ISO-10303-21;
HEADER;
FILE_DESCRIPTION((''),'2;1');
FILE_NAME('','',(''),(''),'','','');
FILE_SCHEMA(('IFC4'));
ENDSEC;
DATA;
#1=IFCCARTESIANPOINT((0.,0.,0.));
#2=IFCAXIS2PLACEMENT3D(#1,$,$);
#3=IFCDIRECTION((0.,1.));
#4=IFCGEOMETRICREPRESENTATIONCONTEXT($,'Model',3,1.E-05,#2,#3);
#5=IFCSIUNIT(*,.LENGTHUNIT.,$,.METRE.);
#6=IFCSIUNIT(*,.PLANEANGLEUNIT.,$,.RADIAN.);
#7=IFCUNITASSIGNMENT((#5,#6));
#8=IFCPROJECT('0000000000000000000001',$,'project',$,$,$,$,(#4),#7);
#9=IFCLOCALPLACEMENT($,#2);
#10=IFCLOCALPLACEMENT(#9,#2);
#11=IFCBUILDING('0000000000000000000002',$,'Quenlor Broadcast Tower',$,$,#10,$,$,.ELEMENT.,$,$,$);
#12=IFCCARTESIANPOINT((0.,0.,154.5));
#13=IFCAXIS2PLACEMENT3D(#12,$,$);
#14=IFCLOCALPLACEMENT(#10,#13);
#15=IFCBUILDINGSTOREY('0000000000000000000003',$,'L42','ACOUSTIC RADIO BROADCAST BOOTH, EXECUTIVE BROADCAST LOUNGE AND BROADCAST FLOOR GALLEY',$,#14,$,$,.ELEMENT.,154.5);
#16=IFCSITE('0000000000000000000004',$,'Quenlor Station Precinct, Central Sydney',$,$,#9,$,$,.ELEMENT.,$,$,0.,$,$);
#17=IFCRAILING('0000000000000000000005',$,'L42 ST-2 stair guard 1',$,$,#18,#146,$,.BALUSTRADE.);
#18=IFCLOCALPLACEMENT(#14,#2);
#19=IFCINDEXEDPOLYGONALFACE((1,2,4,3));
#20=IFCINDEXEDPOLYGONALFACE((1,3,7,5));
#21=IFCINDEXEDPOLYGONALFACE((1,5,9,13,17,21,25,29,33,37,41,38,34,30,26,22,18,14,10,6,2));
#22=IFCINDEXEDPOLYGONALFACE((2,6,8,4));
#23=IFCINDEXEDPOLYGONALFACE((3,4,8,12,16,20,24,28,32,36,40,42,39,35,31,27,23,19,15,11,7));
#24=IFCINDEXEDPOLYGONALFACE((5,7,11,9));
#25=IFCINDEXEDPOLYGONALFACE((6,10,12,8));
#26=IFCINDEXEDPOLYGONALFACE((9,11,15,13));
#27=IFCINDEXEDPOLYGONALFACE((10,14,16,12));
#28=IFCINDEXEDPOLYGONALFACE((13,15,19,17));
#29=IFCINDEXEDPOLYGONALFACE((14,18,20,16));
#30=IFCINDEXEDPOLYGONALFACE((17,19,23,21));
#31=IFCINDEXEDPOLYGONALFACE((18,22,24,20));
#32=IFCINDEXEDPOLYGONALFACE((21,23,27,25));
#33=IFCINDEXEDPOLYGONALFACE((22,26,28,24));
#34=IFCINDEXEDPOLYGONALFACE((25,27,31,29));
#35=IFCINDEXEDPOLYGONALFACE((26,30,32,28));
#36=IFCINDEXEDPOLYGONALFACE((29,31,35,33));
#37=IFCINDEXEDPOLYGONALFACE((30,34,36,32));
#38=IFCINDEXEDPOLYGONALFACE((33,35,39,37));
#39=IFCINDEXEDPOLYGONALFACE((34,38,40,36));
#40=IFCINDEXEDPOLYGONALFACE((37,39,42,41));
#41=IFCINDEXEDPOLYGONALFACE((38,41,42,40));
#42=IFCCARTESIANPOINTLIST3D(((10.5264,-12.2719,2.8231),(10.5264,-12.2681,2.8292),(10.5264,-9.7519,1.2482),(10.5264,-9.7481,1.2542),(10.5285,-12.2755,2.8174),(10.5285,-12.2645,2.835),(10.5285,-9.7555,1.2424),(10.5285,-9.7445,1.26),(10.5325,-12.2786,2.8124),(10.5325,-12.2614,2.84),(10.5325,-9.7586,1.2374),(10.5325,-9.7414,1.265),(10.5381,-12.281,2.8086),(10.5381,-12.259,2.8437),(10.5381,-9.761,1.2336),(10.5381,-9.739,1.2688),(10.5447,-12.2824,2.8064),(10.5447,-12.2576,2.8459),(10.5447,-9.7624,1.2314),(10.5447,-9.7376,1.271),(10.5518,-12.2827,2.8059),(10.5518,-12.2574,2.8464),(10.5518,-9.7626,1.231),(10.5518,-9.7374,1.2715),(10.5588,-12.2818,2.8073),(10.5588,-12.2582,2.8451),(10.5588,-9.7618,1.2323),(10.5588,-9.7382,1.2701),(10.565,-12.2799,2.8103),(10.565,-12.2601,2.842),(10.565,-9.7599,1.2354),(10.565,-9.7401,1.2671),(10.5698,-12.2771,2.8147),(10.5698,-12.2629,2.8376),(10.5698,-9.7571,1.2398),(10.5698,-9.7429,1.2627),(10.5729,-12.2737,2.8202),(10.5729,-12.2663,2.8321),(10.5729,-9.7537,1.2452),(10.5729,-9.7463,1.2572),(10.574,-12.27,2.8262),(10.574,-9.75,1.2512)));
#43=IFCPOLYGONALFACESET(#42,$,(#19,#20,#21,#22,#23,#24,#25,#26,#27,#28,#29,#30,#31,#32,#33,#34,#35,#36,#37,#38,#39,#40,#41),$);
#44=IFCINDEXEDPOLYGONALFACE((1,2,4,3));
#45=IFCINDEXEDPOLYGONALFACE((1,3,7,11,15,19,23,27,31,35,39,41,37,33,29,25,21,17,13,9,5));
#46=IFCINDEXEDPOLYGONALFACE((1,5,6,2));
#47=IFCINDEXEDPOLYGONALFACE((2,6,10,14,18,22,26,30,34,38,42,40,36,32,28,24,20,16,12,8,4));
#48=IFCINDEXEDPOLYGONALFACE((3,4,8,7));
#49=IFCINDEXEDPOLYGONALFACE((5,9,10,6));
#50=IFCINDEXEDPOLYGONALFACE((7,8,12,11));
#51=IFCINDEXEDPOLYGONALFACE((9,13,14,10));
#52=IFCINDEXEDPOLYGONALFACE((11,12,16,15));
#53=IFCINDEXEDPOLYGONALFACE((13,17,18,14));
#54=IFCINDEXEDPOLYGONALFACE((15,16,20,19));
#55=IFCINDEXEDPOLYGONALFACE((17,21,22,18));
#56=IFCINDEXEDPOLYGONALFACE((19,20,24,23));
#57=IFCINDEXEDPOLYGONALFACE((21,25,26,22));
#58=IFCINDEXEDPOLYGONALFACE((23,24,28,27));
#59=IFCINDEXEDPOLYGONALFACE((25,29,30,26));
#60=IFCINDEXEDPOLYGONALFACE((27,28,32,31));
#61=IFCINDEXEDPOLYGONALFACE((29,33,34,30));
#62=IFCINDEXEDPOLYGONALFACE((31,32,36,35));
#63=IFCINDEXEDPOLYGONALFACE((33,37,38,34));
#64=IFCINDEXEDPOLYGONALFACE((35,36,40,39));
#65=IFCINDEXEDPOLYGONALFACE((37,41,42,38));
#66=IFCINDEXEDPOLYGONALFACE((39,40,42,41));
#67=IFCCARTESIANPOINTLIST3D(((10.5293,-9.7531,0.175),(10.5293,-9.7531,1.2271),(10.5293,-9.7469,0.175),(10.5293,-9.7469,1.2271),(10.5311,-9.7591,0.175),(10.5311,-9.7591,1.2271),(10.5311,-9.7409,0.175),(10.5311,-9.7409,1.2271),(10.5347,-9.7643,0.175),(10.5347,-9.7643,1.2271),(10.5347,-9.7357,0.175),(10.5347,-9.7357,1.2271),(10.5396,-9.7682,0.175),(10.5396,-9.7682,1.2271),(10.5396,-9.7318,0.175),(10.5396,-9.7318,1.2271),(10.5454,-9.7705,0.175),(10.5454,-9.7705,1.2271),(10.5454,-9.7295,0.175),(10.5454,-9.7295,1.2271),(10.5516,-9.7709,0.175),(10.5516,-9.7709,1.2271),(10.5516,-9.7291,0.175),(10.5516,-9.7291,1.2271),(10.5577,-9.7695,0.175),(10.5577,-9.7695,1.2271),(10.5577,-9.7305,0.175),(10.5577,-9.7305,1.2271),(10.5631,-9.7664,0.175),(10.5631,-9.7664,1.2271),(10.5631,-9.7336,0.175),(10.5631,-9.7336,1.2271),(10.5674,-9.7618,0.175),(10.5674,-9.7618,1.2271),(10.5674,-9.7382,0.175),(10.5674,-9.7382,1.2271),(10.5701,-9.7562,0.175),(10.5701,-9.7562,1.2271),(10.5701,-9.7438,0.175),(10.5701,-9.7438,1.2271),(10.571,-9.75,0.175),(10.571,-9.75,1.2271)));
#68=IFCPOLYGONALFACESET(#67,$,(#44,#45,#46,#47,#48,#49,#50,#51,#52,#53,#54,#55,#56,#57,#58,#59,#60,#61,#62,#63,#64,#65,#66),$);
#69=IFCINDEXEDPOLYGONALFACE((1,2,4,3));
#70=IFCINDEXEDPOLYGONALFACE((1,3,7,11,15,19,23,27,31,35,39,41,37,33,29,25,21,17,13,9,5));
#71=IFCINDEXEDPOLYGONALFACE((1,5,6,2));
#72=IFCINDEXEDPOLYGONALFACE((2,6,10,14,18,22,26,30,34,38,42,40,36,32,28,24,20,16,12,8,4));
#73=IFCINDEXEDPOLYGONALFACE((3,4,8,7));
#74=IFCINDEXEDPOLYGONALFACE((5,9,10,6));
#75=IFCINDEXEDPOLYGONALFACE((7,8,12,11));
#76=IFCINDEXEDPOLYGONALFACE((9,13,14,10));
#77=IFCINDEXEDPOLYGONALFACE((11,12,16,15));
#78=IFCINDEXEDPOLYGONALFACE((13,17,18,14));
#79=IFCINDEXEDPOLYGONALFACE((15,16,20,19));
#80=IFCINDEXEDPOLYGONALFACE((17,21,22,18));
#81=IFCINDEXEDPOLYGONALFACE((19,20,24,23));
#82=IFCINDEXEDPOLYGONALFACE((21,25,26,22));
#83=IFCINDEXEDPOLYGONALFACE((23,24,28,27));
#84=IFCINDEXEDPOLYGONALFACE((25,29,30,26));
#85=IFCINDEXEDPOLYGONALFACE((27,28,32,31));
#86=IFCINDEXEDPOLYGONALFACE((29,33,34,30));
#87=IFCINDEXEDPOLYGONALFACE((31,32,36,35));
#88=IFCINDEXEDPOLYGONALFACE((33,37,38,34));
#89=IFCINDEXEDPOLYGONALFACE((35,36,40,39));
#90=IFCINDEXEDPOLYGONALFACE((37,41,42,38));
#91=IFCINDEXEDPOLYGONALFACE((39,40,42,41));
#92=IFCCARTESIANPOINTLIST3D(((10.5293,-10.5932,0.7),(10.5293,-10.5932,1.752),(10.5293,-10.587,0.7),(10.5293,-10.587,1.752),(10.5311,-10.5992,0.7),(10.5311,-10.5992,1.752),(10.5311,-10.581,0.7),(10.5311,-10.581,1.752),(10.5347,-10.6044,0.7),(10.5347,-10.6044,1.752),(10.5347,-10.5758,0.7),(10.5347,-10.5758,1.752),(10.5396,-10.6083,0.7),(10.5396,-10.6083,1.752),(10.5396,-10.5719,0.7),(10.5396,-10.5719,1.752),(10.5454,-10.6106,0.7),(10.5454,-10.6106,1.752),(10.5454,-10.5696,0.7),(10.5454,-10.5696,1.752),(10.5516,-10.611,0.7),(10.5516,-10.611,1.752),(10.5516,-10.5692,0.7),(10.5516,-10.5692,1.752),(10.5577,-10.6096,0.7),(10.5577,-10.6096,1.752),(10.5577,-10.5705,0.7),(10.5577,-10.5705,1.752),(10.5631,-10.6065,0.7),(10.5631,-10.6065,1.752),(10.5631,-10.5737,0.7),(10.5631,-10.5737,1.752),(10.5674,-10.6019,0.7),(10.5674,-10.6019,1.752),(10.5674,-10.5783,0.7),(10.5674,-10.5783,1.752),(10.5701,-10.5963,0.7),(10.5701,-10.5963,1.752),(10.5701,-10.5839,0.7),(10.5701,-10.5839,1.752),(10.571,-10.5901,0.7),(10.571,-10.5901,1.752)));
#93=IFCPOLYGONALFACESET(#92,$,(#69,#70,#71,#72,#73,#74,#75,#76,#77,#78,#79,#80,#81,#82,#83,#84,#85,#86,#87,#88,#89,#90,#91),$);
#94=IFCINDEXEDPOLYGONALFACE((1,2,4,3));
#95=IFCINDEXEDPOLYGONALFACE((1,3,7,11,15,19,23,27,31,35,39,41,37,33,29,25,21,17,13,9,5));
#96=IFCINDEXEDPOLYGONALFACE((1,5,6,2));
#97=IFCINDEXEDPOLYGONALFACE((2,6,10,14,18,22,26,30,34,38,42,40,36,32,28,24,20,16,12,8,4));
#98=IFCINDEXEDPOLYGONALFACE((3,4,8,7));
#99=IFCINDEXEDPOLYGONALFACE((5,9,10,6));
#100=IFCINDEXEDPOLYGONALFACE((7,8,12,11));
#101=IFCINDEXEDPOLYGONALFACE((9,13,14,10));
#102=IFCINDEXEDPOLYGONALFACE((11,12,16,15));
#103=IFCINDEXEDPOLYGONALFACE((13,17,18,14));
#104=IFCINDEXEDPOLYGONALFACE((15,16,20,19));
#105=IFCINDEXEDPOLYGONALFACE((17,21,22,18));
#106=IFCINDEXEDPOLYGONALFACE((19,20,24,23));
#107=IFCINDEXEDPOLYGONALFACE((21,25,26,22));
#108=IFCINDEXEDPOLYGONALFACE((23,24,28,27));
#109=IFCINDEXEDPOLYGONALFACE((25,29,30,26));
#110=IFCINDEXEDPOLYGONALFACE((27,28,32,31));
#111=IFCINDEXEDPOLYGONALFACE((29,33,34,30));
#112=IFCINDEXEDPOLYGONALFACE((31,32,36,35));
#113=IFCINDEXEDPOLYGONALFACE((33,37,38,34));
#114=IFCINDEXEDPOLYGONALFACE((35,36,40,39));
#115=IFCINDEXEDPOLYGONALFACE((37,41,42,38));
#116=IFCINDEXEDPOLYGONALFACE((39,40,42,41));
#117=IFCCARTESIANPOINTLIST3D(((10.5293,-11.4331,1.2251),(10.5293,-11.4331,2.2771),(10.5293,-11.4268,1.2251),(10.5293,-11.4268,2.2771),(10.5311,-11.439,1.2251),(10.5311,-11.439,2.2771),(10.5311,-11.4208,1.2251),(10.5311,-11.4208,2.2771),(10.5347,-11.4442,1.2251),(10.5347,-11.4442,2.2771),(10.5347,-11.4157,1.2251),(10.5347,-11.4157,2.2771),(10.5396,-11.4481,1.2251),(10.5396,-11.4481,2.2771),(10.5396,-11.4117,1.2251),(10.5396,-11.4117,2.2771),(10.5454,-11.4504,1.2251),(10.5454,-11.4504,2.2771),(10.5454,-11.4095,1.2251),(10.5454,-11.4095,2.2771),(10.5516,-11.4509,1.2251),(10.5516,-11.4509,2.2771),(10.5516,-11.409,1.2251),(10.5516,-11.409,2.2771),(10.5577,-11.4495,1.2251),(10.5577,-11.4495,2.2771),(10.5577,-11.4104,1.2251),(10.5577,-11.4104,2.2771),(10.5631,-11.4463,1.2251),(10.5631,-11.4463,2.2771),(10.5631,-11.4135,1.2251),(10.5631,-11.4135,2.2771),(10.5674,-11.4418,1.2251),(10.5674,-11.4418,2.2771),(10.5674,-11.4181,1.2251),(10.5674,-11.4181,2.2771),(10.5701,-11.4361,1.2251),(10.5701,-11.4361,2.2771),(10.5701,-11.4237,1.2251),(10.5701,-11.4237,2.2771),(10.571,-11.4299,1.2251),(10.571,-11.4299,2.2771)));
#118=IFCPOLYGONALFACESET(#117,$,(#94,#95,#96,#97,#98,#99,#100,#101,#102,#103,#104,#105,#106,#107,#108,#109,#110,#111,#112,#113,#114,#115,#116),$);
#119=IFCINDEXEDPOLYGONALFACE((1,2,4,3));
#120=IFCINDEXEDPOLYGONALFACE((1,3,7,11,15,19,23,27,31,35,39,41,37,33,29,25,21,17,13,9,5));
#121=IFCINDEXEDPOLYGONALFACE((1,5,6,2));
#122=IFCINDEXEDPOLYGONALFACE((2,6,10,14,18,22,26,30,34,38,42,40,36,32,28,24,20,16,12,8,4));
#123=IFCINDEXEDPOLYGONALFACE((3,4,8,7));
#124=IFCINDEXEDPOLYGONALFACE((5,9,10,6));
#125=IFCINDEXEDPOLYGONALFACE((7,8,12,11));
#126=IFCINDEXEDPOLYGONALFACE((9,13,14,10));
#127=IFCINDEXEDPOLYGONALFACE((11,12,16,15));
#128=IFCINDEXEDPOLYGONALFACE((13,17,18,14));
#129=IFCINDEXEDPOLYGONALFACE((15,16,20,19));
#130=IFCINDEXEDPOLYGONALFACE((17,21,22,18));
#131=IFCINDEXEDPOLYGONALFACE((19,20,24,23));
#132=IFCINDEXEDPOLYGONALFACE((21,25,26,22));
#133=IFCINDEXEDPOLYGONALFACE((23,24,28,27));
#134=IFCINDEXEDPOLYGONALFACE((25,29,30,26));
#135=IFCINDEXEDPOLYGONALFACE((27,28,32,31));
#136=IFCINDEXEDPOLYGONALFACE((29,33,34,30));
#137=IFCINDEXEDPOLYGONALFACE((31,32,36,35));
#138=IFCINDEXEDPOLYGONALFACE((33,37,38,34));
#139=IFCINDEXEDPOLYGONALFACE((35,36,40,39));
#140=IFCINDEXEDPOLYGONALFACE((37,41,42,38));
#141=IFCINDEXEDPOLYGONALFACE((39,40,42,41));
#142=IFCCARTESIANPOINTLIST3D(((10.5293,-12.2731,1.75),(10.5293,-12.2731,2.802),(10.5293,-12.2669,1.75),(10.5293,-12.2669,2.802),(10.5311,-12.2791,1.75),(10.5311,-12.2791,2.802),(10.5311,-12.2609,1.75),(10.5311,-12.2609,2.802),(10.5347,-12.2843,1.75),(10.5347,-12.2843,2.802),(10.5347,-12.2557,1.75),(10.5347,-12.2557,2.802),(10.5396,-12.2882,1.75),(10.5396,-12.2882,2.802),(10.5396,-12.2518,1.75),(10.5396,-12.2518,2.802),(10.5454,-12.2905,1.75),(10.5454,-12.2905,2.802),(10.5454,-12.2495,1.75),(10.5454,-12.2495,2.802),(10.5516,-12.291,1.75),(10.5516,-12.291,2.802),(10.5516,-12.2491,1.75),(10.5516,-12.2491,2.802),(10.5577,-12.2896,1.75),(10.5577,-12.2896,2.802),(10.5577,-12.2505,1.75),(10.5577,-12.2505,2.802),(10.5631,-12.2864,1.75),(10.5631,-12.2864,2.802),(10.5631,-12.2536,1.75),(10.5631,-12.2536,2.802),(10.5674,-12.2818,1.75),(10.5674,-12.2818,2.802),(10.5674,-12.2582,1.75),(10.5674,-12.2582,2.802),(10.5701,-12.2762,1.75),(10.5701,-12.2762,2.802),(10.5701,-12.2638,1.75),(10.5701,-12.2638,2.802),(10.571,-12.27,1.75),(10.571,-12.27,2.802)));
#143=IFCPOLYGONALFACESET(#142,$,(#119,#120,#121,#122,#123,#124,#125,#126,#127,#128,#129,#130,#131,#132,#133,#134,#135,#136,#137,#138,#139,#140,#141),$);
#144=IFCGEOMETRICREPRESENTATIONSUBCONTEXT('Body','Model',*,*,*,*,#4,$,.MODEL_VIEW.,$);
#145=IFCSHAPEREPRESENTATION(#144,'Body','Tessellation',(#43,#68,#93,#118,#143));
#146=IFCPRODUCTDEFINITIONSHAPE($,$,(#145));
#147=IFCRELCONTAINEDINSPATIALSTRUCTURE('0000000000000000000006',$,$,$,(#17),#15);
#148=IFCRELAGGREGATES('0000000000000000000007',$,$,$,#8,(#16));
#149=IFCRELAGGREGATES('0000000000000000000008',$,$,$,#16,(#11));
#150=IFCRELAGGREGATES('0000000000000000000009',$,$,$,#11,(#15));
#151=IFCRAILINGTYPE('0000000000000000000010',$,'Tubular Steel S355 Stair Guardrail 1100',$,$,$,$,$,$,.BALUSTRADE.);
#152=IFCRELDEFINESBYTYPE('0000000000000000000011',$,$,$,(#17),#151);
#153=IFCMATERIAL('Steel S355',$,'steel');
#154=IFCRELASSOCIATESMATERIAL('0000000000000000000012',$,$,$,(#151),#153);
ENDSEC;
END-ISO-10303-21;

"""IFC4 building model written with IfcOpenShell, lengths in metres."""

from ifc_helpers import new_model, si_unit, direction, frame, origin, origin_2d, place, context, subcontext, project, spatial, circle, extrude, material, type_object, element, save


model = new_model("IFC4")

# Units and contexts
model_context = context("Model", 3, precision=1e-05, world=origin(), true_north=direction((0.0, 1.0)))
body_context = subcontext(model_context, "Body", "Model", "MODEL_VIEW")
ifc_project = project(units=[si_unit("LENGTHUNIT", "METRE"), si_unit("PLANEANGLEUNIT", "RADIAN")], contexts=[model_context])

# Site, building, storey
site_placement = place(None, origin())
site = spatial("IfcSite", under=ifc_project, at=site_placement, Name="Quenlor Station Precinct, Central Sydney", CompositionType="ELEMENT", RefElevation=0.0)
building_placement = place(site_placement, origin())
building = spatial("IfcBuilding", under=site, at=building_placement, Name="Quenlor Broadcast Tower", CompositionType="ELEMENT")
storey_placement = place(building_placement, frame((0.0, 0.0, 154.5)))
storey = spatial("IfcBuildingStorey", under=building, at=storey_placement, Name="L42", Description="ACOUSTIC RADIO BROADCAST BOOTH, EXECUTIVE BROADCAST LOUNGE AND BROADCAST FLOOR GALLEY", CompositionType="ELEMENT", Elevation=154.5)

# Railing
ifc_material_1 = material(Name="Steel S355", Category="steel")
railing_type_1 = type_object("IfcRailingType", Name="Tubular Steel S355 Stair Guardrail 1100", PredefinedType="BALUSTRADE", material=ifc_material_1)
railing_1_placement = place(storey_placement, frame((10.55, -9.75, 0.175)))
element("IfcRailing", 1, at=railing_1_placement, inside=storey, type_object=railing_type_1, Name="L42 ST-2 stair guard 1", PredefinedType="BALUSTRADE", context=body_context, shape_type="SweptSolid", body=[
    extrude(circle(Radius=0.0239, at=origin_2d()), frame((0.0, 0.0, 1.0762), z_axis=(0.0, -0.848008, 0.529984), x_axis=(1.0, 0.0, 0.0)), (0.0, 0.0, 1.0), 2.9717),
    extrude(circle(Radius=0.021, at=origin_2d()), origin(), (0.0, 0.0, 1.0), 1.052),
    extrude(circle(Radius=0.021, at=origin_2d()), frame((0.0, -0.8401, 0.5249)), (0.0, 0.0, 1.0), 1.052),
    extrude(circle(Radius=0.021, at=origin_2d()), frame((0.0, -1.6799, 1.05)), (0.0, 0.0, 1.0), 1.052),
    extrude(circle(Radius=0.021, at=origin_2d()), frame((0.0, -2.52, 1.575)), (0.0, 0.0, 1.0), 1.052),
])

save(model, "model.ifc")
